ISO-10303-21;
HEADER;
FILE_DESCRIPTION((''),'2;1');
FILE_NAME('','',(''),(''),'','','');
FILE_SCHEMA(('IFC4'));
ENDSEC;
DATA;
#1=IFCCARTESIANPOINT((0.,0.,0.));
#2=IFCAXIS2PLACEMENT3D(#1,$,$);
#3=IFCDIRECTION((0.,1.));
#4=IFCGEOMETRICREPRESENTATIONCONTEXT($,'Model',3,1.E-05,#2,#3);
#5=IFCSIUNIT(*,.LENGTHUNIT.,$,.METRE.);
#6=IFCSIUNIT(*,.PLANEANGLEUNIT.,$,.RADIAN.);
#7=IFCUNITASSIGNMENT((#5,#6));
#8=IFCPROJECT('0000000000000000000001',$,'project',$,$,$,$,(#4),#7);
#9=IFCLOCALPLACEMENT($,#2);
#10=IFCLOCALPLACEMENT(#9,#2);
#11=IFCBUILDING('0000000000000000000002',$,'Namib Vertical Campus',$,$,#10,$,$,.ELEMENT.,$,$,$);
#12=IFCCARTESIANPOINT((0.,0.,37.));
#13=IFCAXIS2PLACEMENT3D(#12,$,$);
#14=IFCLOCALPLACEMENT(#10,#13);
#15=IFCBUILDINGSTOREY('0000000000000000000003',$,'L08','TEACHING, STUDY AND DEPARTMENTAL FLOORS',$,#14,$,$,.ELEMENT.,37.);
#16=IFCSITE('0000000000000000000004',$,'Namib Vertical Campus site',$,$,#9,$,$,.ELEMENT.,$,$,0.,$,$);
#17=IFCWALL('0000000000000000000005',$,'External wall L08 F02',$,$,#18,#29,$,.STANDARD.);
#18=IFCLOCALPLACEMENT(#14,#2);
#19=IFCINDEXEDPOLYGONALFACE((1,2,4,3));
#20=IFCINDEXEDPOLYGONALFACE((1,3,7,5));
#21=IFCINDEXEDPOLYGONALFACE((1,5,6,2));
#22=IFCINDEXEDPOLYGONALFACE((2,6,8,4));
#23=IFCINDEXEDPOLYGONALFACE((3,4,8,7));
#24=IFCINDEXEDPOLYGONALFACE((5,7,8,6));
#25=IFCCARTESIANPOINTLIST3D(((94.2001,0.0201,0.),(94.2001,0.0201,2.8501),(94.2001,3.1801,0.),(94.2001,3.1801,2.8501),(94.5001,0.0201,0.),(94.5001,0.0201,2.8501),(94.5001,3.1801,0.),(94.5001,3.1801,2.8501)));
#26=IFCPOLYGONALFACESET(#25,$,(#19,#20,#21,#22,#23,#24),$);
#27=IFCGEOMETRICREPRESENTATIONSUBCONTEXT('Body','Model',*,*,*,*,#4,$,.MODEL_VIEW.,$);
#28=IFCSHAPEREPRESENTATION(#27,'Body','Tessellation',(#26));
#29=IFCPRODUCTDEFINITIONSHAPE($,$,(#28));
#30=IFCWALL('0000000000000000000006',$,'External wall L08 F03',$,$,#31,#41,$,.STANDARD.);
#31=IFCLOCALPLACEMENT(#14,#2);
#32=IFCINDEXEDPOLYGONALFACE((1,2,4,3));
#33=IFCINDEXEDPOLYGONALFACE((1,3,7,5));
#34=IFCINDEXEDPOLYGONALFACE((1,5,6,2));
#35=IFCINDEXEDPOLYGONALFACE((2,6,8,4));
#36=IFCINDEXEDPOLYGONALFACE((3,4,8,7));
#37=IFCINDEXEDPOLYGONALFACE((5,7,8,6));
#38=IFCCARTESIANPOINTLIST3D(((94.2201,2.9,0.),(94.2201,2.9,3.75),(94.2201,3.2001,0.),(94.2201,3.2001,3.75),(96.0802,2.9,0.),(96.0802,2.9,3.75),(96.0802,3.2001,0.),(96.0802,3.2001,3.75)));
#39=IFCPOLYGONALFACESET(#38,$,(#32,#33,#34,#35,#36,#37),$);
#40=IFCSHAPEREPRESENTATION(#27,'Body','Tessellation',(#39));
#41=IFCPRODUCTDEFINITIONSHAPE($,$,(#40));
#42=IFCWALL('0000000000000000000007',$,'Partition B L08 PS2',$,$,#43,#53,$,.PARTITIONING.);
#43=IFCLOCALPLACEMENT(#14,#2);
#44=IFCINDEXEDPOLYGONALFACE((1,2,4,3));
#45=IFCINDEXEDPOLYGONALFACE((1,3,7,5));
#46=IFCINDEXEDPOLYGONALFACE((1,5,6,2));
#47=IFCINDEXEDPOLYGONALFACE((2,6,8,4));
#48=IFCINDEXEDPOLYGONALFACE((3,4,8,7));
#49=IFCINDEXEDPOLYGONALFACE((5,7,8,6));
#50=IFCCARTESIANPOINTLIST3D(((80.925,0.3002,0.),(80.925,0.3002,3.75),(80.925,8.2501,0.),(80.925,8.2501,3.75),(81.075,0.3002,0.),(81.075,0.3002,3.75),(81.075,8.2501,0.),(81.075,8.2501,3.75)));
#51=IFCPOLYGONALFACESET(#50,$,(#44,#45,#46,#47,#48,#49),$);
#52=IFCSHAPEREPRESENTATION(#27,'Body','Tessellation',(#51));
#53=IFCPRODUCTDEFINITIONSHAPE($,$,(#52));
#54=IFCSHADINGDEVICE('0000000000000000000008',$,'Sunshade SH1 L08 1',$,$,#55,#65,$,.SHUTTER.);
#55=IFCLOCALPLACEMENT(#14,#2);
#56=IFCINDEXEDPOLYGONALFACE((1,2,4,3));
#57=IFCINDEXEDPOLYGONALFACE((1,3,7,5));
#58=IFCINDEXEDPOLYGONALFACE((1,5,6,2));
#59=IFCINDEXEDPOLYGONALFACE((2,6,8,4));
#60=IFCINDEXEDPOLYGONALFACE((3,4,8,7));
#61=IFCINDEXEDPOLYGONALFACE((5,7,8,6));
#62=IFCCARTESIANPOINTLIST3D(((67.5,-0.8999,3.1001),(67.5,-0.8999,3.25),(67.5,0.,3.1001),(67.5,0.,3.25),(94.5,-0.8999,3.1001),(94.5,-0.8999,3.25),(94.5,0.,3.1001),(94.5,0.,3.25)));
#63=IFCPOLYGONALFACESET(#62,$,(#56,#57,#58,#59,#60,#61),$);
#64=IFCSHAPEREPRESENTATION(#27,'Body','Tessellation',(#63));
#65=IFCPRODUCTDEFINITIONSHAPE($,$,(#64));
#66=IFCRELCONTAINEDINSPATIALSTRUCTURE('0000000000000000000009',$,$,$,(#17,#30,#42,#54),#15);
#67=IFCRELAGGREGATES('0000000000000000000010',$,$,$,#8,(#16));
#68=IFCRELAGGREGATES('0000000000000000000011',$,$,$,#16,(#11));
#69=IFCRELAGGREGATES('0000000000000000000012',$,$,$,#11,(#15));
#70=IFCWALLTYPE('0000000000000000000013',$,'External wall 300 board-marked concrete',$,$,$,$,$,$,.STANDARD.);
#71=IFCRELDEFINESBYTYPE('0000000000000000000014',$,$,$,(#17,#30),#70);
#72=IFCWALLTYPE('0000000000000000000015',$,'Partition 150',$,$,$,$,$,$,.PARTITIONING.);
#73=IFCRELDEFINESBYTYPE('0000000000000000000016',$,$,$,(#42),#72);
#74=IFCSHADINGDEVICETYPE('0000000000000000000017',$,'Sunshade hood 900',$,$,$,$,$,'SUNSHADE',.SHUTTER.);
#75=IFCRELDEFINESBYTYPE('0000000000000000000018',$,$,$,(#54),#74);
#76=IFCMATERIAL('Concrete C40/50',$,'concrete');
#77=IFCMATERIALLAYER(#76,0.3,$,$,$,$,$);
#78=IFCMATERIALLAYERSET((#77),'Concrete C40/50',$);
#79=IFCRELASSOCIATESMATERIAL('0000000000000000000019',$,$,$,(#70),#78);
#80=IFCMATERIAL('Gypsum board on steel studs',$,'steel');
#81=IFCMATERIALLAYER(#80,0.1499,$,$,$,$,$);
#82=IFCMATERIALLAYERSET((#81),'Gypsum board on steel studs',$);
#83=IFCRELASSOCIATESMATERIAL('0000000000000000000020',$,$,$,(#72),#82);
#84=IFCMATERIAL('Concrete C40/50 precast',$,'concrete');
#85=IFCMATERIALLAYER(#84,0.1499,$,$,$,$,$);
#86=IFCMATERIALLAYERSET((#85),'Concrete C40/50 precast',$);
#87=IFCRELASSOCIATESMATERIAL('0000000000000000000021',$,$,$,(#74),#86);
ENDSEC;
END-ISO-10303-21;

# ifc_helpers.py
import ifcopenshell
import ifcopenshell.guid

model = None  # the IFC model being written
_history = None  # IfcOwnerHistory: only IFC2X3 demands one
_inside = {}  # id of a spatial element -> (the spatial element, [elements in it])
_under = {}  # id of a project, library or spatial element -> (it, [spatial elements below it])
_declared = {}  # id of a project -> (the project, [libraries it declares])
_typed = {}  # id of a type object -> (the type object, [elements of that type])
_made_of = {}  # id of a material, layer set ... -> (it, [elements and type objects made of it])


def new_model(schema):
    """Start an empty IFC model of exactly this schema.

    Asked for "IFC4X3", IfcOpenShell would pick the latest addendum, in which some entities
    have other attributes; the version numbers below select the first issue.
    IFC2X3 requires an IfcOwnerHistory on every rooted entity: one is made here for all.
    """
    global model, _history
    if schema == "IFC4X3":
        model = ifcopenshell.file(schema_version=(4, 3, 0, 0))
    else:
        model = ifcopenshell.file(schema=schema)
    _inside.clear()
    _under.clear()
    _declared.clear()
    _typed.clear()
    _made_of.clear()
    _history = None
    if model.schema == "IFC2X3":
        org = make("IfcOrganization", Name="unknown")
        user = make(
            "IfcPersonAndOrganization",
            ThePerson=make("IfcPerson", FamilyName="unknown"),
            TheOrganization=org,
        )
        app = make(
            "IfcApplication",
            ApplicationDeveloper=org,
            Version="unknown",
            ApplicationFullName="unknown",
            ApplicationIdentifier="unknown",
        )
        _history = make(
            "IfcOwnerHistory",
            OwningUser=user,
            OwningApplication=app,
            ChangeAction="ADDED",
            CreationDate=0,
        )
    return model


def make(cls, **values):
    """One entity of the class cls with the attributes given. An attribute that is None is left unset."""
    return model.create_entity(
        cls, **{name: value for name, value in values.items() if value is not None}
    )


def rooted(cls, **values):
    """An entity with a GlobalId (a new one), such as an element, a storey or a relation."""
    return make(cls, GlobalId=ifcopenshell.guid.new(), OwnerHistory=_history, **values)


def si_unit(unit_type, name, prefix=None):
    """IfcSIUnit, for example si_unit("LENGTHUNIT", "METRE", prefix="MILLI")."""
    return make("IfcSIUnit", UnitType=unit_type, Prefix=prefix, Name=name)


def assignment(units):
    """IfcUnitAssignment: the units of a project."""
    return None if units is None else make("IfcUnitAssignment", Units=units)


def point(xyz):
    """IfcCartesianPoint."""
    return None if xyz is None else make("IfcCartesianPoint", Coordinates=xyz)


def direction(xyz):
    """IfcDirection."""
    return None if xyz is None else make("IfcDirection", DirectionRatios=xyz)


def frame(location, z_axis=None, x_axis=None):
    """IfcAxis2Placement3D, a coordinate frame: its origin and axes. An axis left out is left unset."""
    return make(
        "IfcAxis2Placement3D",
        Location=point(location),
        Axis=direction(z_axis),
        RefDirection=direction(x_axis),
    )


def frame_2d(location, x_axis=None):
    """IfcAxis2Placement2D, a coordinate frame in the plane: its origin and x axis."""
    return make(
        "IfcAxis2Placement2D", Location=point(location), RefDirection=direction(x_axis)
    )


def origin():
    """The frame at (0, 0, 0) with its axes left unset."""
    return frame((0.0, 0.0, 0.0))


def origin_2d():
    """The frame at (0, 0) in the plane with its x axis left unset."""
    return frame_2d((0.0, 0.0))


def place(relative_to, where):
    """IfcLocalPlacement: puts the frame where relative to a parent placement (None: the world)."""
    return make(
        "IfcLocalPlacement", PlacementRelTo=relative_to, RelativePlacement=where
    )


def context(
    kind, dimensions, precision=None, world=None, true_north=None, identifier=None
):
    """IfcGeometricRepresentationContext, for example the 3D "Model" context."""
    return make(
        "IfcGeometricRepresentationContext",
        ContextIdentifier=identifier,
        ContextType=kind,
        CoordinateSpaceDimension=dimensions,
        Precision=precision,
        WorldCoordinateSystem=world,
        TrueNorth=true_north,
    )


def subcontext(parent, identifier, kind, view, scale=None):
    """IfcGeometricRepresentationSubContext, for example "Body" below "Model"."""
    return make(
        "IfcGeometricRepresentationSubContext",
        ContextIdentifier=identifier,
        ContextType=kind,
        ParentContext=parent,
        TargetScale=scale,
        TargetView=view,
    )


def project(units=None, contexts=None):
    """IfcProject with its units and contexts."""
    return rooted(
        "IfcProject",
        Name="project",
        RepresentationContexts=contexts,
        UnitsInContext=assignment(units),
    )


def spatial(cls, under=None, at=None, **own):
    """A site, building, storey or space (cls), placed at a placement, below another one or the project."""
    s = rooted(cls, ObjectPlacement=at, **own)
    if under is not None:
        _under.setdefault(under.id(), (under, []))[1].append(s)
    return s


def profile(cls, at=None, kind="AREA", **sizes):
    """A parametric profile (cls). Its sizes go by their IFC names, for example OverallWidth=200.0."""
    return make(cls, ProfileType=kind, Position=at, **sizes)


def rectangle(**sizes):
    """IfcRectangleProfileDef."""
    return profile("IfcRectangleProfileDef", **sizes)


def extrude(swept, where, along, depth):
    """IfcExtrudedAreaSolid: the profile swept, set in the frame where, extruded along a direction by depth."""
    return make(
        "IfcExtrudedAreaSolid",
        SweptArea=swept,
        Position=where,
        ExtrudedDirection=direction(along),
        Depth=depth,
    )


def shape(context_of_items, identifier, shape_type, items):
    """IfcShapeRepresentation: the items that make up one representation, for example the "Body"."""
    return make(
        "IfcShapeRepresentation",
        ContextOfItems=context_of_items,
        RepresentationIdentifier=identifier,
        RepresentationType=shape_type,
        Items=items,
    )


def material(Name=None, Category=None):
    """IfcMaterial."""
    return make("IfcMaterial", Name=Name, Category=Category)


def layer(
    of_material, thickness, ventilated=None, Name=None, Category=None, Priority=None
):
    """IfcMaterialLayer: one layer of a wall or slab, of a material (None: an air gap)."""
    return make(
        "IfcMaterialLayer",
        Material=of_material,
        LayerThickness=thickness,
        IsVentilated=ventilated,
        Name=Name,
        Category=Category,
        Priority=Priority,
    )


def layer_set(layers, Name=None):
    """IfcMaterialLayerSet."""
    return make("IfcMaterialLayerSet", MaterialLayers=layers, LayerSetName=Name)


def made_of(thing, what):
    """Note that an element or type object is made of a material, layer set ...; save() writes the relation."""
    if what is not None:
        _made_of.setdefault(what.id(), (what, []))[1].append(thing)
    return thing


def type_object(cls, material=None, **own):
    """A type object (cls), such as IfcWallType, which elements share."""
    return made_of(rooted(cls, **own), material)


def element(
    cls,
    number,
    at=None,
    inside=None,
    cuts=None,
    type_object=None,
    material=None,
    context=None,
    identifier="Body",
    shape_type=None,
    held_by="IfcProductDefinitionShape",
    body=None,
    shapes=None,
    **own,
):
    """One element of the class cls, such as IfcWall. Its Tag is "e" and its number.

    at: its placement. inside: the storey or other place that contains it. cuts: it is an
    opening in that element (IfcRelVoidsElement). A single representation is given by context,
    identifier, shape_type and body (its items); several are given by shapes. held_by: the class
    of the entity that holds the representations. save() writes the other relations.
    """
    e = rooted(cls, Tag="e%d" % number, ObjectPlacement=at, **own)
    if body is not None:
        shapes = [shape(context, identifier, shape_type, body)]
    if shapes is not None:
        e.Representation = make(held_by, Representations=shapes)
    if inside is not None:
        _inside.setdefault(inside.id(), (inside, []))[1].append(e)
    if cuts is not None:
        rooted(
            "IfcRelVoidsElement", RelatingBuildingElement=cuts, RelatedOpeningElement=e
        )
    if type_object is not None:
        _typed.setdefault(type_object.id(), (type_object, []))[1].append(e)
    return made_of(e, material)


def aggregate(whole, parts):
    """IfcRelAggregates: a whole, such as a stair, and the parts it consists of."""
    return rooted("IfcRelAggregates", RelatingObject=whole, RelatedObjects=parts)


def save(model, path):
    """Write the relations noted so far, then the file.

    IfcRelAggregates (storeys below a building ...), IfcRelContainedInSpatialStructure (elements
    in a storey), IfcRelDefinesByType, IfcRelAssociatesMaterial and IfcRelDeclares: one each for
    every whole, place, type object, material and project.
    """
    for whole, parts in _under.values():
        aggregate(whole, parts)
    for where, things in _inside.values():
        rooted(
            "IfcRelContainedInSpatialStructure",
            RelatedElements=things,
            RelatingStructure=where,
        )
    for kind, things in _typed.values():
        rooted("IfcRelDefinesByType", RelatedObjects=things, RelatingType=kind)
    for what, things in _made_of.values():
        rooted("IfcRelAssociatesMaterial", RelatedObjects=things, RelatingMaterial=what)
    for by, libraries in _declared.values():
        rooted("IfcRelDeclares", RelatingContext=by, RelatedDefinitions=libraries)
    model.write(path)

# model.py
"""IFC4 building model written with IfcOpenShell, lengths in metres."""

from ifc_helpers import new_model, si_unit, direction, frame, frame_2d, origin, origin_2d, place, context, subcontext, project, spatial, rectangle, extrude, material, layer, layer_set, type_object, element, save


model = new_model("IFC4")

# Units and contexts
model_context = context("Model", 3, precision=1e-05, world=origin(), true_north=direction((0.0, 1.0)))
body_context = subcontext(model_context, "Body", "Model", "MODEL_VIEW")
ifc_project = project(units=[si_unit("LENGTHUNIT", "METRE"), si_unit("PLANEANGLEUNIT", "RADIAN")], contexts=[model_context])

# Site, building, storey
site_placement = place(None, origin())
site = spatial("IfcSite", under=ifc_project, at=site_placement, Name="Namib Vertical Campus site", CompositionType="ELEMENT", RefElevation=0.0)
building_placement = place(site_placement, origin())
building = spatial("IfcBuilding", under=site, at=building_placement, Name="Namib Vertical Campus", CompositionType="ELEMENT")
storey_placement = place(building_placement, frame((0.0, 0.0, 37.0)))
storey = spatial("IfcBuildingStorey", under=building, at=storey_placement, Name="L08", Description="TEACHING, STUDY AND DEPARTMENTAL FLOORS", CompositionType="ELEMENT", Elevation=37.0)

# Walls
ifc_material_1 = material(Name="Concrete C40/50", Category="concrete")
ifc_layer_1 = layer(ifc_material_1, 0.3)
ifc_layer_set_1 = layer_set([ifc_layer_1], Name="Concrete C40/50")
wall_type_1 = type_object("IfcWallType", Name="External wall 300 board-marked concrete", PredefinedType="STANDARD", material=ifc_layer_set_1)
wall_1_placement = place(storey_placement, frame((94.3501, 0.02, 0.0), z_axis=(0.0, 0.0, 1.0), x_axis=(0.0, 1.0, 0.0)))
element("IfcWall", 1, at=wall_1_placement, inside=storey, type_object=wall_type_1, Name="External wall L08 F02", PredefinedType="STANDARD", context=body_context, shape_type="SweptSolid", body=[
    extrude(rectangle(XDim=3.1599, YDim=0.3, at=frame_2d((1.5801, 0.0))), origin(), (0.0, 0.0, 1.0), 2.8501),
])
wall_2_placement = place(storey_placement, frame((94.22, 3.05, 0.0), z_axis=(0.0, 0.0, 1.0), x_axis=(1.0, 0.0, 0.0)))
element("IfcWall", 2, at=wall_2_placement, inside=storey, type_object=wall_type_1, Name="External wall L08 F03", PredefinedType="STANDARD", context=body_context, shape_type="SweptSolid", body=[
    extrude(rectangle(XDim=1.8601, YDim=0.3, at=frame_2d((0.9302, 0.0))), origin(), (0.0, 0.0, 1.0), 3.75),
])
ifc_material_2 = material(Name="Gypsum board on steel studs", Category="steel")
ifc_layer_2 = layer(ifc_material_2, 0.1499)
ifc_layer_set_2 = layer_set([ifc_layer_2], Name="Gypsum board on steel studs")
wall_type_2 = type_object("IfcWallType", Name="Partition 150", PredefinedType="PARTITIONING", material=ifc_layer_set_2)
wall_3_placement = place(storey_placement, frame((81.0, 0.3, 0.0), z_axis=(0.0, 0.0, 1.0), x_axis=(0.0, 1.0, 0.0)))
element("IfcWall", 3, at=wall_3_placement, inside=storey, type_object=wall_type_2, Name="Partition B L08 PS2", PredefinedType="PARTITIONING", context=body_context, shape_type="SweptSolid", body=[
    extrude(rectangle(XDim=7.95, YDim=0.1499, at=frame_2d((3.9751, 0.0))), origin(), (0.0, 0.0, 1.0), 3.75),
])

# Shading device
ifc_material_3 = material(Name="Concrete C40/50 precast", Category="concrete")
ifc_layer_3 = layer(ifc_material_3, 0.1499)
ifc_layer_set_3 = layer_set([ifc_layer_3], Name="Concrete C40/50 precast")
shading_device_type = type_object("IfcShadingDeviceType", Name="Sunshade hood 900", ElementType="SUNSHADE", PredefinedType="SHUTTER", material=ifc_layer_set_3)
shading_device_placement = place(storey_placement, frame((81.0, -0.45, 3.1001), z_axis=(0.0, 0.0, 1.0), x_axis=(1.0, 0.0, 0.0)))
element("IfcShadingDevice", 4, at=shading_device_placement, inside=storey, type_object=shading_device_type, Name="Sunshade SH1 L08 1", PredefinedType="SHUTTER", context=body_context, shape_type="SweptSolid", body=[
    extrude(rectangle(XDim=27.0, YDim=0.8999, at=origin_2d()), origin(), (0.0, 0.0, 1.0), 0.1499),
])

save(model, "model.ifc")
